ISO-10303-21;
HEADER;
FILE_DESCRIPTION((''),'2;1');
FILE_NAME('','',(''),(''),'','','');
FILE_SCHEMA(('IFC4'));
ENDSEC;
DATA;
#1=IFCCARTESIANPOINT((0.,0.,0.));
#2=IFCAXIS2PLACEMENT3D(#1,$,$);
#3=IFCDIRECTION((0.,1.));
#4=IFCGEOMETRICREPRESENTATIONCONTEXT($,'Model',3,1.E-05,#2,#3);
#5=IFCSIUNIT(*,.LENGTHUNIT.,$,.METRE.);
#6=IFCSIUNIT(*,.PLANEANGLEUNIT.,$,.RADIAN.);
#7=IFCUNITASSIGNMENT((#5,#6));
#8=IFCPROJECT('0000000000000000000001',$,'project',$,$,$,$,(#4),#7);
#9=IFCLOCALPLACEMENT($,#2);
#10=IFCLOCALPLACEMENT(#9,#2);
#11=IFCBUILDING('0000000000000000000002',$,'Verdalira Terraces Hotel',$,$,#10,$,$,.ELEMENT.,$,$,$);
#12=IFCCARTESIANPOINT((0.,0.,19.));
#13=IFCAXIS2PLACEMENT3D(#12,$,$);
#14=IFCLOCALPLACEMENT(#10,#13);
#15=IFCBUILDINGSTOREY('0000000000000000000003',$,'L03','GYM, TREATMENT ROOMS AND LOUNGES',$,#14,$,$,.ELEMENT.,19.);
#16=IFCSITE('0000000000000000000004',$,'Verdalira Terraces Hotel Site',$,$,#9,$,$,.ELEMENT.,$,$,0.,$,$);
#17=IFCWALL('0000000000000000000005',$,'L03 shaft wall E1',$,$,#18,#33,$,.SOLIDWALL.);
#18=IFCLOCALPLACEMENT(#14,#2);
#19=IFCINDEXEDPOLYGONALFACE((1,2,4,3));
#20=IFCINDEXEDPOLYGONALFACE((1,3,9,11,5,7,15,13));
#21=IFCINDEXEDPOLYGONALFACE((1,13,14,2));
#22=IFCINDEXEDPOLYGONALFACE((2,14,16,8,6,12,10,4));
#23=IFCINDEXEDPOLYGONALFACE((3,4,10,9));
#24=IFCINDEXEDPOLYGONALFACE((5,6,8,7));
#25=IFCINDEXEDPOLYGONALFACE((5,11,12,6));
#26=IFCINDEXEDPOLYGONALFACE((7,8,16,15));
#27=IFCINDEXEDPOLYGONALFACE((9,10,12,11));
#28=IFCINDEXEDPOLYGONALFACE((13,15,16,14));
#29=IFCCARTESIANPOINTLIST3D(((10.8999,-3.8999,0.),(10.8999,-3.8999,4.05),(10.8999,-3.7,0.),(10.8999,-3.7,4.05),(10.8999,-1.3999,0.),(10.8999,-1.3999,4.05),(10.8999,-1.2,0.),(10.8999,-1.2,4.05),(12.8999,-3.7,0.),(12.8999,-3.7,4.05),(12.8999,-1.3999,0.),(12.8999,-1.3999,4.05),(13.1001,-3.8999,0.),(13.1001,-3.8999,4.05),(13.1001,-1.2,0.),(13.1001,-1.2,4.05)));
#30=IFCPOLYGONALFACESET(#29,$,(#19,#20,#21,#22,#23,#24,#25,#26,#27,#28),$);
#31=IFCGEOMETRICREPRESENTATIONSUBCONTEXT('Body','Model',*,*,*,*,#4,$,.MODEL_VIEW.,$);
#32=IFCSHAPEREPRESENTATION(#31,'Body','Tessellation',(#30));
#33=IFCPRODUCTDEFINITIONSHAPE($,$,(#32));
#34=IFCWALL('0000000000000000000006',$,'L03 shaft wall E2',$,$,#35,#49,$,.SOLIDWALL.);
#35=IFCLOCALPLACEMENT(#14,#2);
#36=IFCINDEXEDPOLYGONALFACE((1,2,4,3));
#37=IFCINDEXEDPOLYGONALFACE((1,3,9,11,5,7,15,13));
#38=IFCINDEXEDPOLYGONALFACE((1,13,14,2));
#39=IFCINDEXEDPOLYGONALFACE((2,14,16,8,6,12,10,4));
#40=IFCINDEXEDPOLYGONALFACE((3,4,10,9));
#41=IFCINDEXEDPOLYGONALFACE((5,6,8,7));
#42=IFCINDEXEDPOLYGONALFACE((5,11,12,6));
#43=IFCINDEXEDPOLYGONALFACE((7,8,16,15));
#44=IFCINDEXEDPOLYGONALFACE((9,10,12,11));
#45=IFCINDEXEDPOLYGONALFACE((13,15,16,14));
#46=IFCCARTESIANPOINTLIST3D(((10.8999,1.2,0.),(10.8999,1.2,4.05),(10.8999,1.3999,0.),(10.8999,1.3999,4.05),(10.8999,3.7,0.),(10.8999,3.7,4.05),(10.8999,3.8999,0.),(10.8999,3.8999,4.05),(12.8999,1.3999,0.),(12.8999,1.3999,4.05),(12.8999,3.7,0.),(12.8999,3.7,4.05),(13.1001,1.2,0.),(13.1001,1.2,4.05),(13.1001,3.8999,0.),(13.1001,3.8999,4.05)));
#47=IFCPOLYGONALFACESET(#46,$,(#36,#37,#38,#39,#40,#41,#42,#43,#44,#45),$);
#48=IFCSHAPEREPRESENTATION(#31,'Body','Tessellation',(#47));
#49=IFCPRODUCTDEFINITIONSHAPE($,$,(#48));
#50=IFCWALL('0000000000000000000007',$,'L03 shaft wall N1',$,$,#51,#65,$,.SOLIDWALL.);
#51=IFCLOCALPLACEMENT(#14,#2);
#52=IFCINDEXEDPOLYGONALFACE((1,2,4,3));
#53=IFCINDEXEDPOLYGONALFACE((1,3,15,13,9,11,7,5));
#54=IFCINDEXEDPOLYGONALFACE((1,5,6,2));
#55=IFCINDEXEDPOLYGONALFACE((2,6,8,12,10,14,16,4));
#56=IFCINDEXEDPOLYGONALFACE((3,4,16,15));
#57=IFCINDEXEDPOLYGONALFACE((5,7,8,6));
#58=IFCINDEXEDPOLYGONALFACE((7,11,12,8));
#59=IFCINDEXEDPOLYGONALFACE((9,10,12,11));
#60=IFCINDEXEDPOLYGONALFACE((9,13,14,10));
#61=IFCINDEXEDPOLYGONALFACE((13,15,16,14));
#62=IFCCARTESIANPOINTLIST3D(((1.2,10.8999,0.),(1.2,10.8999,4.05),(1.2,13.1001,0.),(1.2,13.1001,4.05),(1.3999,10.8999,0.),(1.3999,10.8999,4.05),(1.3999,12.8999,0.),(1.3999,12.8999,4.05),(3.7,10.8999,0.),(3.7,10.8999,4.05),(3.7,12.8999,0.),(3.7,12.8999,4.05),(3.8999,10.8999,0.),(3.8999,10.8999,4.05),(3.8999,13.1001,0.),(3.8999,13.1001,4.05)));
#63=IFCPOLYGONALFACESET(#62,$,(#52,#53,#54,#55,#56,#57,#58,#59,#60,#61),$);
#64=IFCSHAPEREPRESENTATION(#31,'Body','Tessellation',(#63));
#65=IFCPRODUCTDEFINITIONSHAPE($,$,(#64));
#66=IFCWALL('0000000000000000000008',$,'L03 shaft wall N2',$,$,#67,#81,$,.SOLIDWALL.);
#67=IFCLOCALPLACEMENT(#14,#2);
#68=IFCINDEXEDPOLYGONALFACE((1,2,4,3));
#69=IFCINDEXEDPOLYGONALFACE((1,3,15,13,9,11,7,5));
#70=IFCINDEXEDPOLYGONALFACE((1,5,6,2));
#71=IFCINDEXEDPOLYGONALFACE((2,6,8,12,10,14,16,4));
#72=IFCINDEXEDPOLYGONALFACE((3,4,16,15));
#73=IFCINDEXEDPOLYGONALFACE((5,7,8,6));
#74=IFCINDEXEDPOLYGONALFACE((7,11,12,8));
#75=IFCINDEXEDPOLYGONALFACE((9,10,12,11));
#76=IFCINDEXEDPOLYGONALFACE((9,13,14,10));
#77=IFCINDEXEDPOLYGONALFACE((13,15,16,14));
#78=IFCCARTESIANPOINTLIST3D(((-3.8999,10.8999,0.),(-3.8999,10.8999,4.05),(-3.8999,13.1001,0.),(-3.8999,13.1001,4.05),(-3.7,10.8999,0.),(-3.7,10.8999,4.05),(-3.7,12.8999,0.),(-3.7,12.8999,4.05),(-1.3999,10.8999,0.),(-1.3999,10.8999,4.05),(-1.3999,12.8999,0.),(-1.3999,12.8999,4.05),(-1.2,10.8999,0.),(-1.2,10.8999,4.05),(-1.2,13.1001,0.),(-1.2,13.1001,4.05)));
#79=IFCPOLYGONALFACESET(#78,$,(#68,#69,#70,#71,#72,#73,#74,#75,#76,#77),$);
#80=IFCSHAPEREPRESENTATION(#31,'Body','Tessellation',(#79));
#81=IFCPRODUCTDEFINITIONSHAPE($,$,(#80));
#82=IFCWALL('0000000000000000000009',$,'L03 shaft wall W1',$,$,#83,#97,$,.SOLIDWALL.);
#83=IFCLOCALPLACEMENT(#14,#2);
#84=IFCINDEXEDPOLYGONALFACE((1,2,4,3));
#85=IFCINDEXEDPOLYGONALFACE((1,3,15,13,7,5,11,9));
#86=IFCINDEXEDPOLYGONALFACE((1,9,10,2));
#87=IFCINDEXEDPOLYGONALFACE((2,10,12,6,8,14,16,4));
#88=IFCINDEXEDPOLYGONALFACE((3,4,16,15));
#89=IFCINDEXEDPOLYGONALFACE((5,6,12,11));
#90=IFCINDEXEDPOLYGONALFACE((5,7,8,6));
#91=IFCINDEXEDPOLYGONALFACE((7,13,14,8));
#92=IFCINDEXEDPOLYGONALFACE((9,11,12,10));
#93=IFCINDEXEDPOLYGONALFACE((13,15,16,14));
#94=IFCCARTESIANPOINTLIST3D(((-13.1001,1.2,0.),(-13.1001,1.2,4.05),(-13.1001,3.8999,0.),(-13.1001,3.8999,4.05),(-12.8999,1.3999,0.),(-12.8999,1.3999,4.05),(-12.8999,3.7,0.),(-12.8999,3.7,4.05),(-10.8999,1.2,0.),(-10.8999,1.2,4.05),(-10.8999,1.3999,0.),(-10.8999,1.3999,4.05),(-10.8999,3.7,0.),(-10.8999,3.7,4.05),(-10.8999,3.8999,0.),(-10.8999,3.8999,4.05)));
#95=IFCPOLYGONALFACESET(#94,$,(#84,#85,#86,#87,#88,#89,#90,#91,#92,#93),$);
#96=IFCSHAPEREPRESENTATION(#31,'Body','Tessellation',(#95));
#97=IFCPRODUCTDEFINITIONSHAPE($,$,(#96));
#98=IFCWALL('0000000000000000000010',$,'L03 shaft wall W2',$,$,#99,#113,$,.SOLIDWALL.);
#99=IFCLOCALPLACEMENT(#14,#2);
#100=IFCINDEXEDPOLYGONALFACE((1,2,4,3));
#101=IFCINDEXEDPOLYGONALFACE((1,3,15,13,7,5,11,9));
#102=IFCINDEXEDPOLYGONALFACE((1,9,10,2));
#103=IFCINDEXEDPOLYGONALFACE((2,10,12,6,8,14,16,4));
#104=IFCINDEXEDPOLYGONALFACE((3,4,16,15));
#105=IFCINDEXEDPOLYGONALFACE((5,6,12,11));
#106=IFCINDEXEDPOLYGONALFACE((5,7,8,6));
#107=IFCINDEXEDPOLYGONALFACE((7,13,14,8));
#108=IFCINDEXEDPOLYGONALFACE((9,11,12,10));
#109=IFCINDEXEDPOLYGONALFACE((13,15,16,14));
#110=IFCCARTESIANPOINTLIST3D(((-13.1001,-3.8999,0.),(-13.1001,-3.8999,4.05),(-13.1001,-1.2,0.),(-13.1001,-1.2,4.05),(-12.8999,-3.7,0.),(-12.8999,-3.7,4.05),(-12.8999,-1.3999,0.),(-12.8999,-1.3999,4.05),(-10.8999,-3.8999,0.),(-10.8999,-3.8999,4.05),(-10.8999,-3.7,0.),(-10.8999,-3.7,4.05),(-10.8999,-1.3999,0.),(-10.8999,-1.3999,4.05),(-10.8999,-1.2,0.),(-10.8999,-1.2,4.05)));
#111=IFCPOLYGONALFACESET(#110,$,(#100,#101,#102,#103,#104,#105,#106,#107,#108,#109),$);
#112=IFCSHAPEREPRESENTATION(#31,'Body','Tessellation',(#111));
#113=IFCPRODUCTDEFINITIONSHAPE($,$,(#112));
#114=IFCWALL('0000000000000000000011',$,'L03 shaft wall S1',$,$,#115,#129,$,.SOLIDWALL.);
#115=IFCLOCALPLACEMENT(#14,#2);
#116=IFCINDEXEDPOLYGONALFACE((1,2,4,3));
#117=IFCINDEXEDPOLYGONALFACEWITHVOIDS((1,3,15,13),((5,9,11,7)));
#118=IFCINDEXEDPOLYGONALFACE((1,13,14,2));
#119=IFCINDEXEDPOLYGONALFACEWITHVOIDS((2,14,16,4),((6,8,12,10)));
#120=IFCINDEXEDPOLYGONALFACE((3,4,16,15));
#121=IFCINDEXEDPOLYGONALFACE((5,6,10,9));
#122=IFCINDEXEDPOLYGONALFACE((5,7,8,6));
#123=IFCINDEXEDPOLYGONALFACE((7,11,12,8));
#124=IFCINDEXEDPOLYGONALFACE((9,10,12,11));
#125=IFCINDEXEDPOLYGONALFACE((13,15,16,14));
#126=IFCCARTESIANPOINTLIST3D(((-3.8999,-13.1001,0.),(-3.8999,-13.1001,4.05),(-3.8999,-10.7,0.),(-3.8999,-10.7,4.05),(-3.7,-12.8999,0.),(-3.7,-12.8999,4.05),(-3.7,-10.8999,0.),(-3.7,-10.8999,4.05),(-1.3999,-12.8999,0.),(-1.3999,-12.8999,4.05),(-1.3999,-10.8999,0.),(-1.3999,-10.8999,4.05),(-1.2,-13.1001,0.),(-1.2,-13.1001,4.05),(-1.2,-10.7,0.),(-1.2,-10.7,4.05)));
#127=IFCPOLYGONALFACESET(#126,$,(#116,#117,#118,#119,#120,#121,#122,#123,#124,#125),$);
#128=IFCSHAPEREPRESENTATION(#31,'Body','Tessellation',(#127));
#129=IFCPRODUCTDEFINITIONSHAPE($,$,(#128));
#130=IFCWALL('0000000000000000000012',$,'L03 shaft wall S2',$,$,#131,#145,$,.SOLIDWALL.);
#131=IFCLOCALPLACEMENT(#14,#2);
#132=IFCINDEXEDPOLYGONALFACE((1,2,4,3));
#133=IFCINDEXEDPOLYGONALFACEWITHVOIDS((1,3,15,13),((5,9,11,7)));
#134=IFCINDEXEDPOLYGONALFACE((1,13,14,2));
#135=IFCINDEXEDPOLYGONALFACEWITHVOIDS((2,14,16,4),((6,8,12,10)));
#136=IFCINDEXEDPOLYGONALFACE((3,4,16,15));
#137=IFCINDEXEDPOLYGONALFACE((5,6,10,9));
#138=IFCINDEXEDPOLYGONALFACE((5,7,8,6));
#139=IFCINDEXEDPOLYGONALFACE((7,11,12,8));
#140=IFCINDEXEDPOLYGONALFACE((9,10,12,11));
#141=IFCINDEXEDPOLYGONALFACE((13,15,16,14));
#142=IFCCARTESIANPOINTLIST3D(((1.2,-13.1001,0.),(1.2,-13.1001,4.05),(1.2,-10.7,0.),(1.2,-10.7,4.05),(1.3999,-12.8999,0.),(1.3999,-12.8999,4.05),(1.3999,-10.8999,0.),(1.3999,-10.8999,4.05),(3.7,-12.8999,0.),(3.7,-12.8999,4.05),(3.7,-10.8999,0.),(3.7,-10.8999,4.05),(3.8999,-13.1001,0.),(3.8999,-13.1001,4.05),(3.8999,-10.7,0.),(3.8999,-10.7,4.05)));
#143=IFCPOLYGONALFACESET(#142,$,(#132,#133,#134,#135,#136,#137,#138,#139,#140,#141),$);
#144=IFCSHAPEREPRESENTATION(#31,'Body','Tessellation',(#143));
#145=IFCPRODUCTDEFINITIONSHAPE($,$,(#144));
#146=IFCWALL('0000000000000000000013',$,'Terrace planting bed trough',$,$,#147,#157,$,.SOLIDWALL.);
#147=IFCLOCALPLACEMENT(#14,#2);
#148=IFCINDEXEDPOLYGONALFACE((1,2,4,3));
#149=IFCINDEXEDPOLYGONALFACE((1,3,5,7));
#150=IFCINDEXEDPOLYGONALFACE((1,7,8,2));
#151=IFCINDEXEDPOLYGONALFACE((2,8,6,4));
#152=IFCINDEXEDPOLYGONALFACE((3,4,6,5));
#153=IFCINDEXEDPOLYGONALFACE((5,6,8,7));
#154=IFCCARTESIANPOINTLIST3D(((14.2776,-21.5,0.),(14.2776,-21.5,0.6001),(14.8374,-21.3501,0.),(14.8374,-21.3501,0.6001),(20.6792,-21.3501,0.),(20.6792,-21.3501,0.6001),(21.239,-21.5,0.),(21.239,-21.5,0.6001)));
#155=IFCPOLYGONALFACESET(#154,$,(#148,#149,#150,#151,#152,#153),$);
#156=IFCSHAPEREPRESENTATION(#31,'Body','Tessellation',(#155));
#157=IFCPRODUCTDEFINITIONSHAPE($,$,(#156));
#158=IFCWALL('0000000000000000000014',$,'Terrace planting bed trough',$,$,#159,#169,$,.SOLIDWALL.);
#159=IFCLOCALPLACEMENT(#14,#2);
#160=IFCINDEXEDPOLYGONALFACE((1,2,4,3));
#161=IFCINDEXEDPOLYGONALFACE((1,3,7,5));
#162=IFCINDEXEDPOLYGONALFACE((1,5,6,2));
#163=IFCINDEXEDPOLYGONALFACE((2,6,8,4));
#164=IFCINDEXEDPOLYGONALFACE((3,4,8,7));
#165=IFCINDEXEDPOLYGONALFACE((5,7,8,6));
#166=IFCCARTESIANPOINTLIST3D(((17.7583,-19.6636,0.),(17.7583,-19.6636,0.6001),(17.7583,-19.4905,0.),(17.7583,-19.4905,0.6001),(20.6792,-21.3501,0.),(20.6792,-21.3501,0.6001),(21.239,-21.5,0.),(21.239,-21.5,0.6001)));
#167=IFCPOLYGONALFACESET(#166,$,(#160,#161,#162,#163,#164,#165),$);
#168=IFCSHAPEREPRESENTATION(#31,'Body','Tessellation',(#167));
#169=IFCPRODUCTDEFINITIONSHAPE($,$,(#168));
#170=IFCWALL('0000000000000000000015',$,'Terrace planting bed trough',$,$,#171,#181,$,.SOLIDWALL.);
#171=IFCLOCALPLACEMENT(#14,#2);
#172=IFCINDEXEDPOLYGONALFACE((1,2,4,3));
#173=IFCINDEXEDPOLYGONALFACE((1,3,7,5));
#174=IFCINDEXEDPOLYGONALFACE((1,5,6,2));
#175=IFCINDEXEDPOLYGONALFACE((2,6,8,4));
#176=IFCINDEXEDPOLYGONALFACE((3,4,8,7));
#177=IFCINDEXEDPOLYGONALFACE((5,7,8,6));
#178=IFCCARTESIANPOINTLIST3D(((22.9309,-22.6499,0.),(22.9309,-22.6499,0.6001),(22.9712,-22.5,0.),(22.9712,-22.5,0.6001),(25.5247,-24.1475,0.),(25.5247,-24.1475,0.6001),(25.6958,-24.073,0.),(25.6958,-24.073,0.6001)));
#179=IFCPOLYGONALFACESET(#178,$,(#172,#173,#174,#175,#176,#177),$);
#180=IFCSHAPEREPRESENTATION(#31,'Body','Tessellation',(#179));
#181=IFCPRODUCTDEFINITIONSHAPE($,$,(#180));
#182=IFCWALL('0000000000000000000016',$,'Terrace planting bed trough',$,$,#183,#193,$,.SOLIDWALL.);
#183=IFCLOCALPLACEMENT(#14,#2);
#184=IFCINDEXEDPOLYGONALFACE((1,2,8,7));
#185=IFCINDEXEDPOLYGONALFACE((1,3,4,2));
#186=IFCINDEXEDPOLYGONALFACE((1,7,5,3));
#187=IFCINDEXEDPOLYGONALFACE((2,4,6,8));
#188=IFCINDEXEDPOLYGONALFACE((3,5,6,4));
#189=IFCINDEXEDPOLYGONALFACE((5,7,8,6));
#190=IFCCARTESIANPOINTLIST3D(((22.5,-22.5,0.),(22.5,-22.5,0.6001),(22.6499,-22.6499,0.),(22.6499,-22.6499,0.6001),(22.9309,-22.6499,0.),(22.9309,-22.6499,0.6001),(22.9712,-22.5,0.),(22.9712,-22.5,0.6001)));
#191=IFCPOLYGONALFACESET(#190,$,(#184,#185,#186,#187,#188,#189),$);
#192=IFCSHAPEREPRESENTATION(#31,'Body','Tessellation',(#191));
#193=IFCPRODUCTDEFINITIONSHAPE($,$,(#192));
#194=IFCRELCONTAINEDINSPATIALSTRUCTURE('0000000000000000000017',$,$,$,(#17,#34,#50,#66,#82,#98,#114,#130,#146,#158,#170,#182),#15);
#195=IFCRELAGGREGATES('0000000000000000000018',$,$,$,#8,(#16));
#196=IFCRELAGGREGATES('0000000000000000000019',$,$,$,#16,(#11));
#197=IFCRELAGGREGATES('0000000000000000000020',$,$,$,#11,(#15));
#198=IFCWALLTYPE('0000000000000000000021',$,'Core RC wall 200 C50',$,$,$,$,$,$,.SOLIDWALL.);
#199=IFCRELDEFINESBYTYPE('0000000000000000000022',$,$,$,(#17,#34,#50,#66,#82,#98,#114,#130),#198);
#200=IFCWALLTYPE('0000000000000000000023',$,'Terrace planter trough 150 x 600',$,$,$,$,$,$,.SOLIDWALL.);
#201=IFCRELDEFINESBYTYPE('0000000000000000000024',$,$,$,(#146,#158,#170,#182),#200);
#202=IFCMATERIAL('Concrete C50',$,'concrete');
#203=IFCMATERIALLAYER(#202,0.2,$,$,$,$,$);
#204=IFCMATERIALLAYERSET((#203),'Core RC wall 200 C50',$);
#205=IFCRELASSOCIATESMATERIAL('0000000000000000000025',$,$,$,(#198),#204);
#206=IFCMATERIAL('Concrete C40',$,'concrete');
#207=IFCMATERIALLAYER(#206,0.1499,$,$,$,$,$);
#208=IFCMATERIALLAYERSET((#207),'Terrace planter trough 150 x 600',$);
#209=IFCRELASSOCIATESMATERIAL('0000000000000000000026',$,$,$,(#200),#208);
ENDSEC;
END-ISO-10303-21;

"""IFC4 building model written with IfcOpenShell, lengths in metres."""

from ifc_helpers import new_model, si_unit, direction, frame, origin, place, context, subcontext, project, spatial, polyline, outline, extrude, material, layer, layer_set, type_object, element, save


model = new_model("IFC4")

# Units and contexts
model_context = context("Model", 3, precision=1e-05, world=origin(), true_north=direction((0.0, 1.0)))
body_context = subcontext(model_context, "Body", "Model", "MODEL_VIEW")
ifc_project = project(units=[si_unit("LENGTHUNIT", "METRE"), si_unit("PLANEANGLEUNIT", "RADIAN")], contexts=[model_context])

# Site, building, storey
site_placement = place(None, origin())
site = spatial("IfcSite", under=ifc_project, at=site_placement, Name="Verdalira Terraces Hotel Site", CompositionType="ELEMENT", RefElevation=0.0)
building_placement = place(site_placement, origin())
building = spatial("IfcBuilding", under=site, at=building_placement, Name="Verdalira Terraces Hotel", CompositionType="ELEMENT")
storey_placement = place(building_placement, frame((0.0, 0.0, 19.0)))
storey = spatial("IfcBuildingStorey", under=building, at=storey_placement, Name="L03", Description="GYM, TREATMENT ROOMS AND LOUNGES", CompositionType="ELEMENT", Elevation=19.0)

# Walls
ifc_material_1 = material(Name="Concrete C50", Category="concrete")
ifc_layer_1 = layer(ifc_material_1, 0.2)
ifc_layer_set_1 = layer_set([ifc_layer_1], Name="Core RC wall 200 C50")
wall_type_1 = type_object("IfcWallType", Name="Core RC wall 200 C50", PredefinedType="SOLIDWALL", material=ifc_layer_set_1)
wall_1_placement = place(storey_placement, origin())
element("IfcWall", 1, at=wall_1_placement, inside=storey, type_object=wall_type_1, Name="L03 shaft wall E1", PredefinedType="SOLIDWALL", context=body_context, shape_type="SweptSolid", body=[
    extrude(outline(polyline([(13.1001, -3.8999), (10.8999, -3.8999), (10.8999, -3.7), (12.8999, -3.7), (12.8999, -1.3999), (10.8999, -1.3999), (10.8999, -1.2), (13.1001, -1.2), (13.1001, -3.8999)])), origin(), (0.0, 0.0, 1.0), 4.05),
])
wall_2_placement = place(storey_placement, origin())
element("IfcWall", 2, at=wall_2_placement, inside=storey, type_object=wall_type_1, Name="L03 shaft wall E2", PredefinedType="SOLIDWALL", context=body_context, shape_type="SweptSolid", body=[
    extrude(outline(polyline([(13.1001, 3.8999), (13.1001, 1.2), (10.8999, 1.2), (10.8999, 1.3999), (12.8999, 1.3999), (12.8999, 3.7), (10.8999, 3.7), (10.8999, 3.8999), (13.1001, 3.8999)])), origin(), (0.0, 0.0, 1.0), 4.05),
])
wall_3_placement = place(storey_placement, origin())
element("IfcWall", 3, at=wall_3_placement, inside=storey, type_object=wall_type_1, Name="L03 shaft wall N1", PredefinedType="SOLIDWALL", context=body_context, shape_type="SweptSolid", body=[
    extrude(outline(polyline([(3.8999, 13.1001), (3.8999, 10.8999), (3.7, 10.8999), (3.7, 12.8999), (1.3999, 12.8999), (1.3999, 10.8999), (1.2, 10.8999), (1.2, 13.1001), (3.8999, 13.1001)])), origin(), (0.0, 0.0, 1.0), 4.05),
])
wall_4_placement = place(storey_placement, origin())
element("IfcWall", 4, at=wall_4_placement, inside=storey, type_object=wall_type_1, Name="L03 shaft wall N2", PredefinedType="SOLIDWALL", context=body_context, shape_type="SweptSolid", body=[
    extrude(outline(polyline([(-3.8999, 10.8999), (-3.8999, 13.1001), (-1.2, 13.1001), (-1.2, 10.8999), (-1.3999, 10.8999), (-1.3999, 12.8999), (-3.7, 12.8999), (-3.7, 10.8999), (-3.8999, 10.8999)])), origin(), (0.0, 0.0, 1.0), 4.05),
])
wall_5_placement = place(storey_placement, origin())
element("IfcWall", 5, at=wall_5_placement, inside=storey, type_object=wall_type_1, Name="L03 shaft wall W1", PredefinedType="SOLIDWALL", context=body_context, shape_type="SweptSolid", body=[
    extrude(outline(polyline([(-13.1001, 3.8999), (-10.8999, 3.8999), (-10.8999, 3.7), (-12.8999, 3.7), (-12.8999, 1.3999), (-10.8999, 1.3999), (-10.8999, 1.2), (-13.1001, 1.2), (-13.1001, 3.8999)])), origin(), (0.0, 0.0, 1.0), 4.05),
])
wall_6_placement = place(storey_placement, origin())
element("IfcWall", 6, at=wall_6_placement, inside=storey, type_object=wall_type_1, Name="L03 shaft wall W2", PredefinedType="SOLIDWALL", context=body_context, shape_type="SweptSolid", body=[
    extrude(outline(polyline([(-13.1001, -3.8999), (-13.1001, -1.2), (-10.8999, -1.2), (-10.8999, -1.3999), (-12.8999, -1.3999), (-12.8999, -3.7), (-10.8999, -3.7), (-10.8999, -3.8999), (-13.1001, -3.8999)])), origin(), (0.0, 0.0, 1.0), 4.05),
])
wall_7_placement = place(storey_placement, origin())
element("IfcWall", 7, at=wall_7_placement, inside=storey, type_object=wall_type_1, Name="L03 shaft wall S1", PredefinedType="SOLIDWALL", context=body_context, shape_type="SweptSolid", body=[
    extrude(outline(polyline([(-1.2, -13.1001), (-3.8999, -13.1001), (-3.8999, -10.7), (-1.2, -10.7), (-1.2, -13.1001)]), holes=[polyline([(-3.7, -10.8999), (-3.7, -12.8999), (-1.3999, -12.8999), (-1.3999, -10.8999), (-3.7, -10.8999)])]), origin(), (0.0, 0.0, 1.0), 4.05),
])
wall_8_placement = place(storey_placement, origin())
element("IfcWall", 8, at=wall_8_placement, inside=storey, type_object=wall_type_1, Name="L03 shaft wall S2", PredefinedType="SOLIDWALL", context=body_context, shape_type="SweptSolid", body=[
    extrude(outline(polyline([(3.8999, -10.7), (3.8999, -13.1001), (1.2, -13.1001), (1.2, -10.7), (3.8999, -10.7)]), holes=[polyline([(1.3999, -12.8999), (3.7, -12.8999), (3.7, -10.8999), (1.3999, -10.8999), (1.3999, -12.8999)])]), origin(), (0.0, 0.0, 1.0), 4.05),
])
ifc_material_2 = material(Name="Concrete C40", Category="concrete")
ifc_layer_2 = layer(ifc_material_2, 0.1499)
ifc_layer_set_2 = layer_set([ifc_layer_2], Name="Terrace planter trough 150 x 600")
wall_type_2 = type_object("IfcWallType", Name="Terrace planter trough 150 x 600", PredefinedType="SOLIDWALL", material=ifc_layer_set_2)
wall_9_placement = place(storey_placement, origin())
element("IfcWall", 9, at=wall_9_placement, inside=storey, type_object=wall_type_2, Name="Terrace planting bed trough", PredefinedType="SOLIDWALL", context=body_context, shape_type="SweptSolid", body=[
    extrude(outline(polyline([(14.2776, -21.5), (21.239, -21.5), (20.6792, -21.3501), (14.8374, -21.3501), (14.2776, -21.5)])), origin(), (0.0, 0.0, 1.0), 0.6001),
])
wall_10_placement = place(storey_placement, origin())
element("IfcWall", 10, at=wall_10_placement, inside=storey, type_object=wall_type_2, Name="Terrace planting bed trough", PredefinedType="SOLIDWALL", context=body_context, shape_type="SweptSolid", body=[
    extrude(outline(polyline([(21.239, -21.5), (17.7583, -19.4905), (17.7583, -19.6636), (20.6792, -21.3501), (21.239, -21.5)])), origin(), (0.0, 0.0, 1.0), 0.6001),
])
wall_11_placement = place(storey_placement, origin())
element("IfcWall", 11, at=wall_11_placement, inside=storey, type_object=wall_type_2, Name="Terrace planting bed trough", PredefinedType="SOLIDWALL", context=body_context, shape_type="SweptSolid", body=[
    extrude(outline(polyline([(25.6958, -24.073), (22.9712, -22.5), (22.9309, -22.6499), (25.5247, -24.1475), (25.6958, -24.073)])), origin(), (0.0, 0.0, 1.0), 0.6001),
])
wall_12_placement = place(storey_placement, origin())
element("IfcWall", 12, at=wall_12_placement, inside=storey, type_object=wall_type_2, Name="Terrace planting bed trough", PredefinedType="SOLIDWALL", context=body_context, shape_type="SweptSolid", body=[
    extrude(outline(polyline([(22.9712, -22.5), (22.5, -22.5), (22.6499, -22.6499), (22.9309, -22.6499), (22.9712, -22.5)])), origin(), (0.0, 0.0, 1.0), 0.6001),
])

save(model, "model.ifc")
